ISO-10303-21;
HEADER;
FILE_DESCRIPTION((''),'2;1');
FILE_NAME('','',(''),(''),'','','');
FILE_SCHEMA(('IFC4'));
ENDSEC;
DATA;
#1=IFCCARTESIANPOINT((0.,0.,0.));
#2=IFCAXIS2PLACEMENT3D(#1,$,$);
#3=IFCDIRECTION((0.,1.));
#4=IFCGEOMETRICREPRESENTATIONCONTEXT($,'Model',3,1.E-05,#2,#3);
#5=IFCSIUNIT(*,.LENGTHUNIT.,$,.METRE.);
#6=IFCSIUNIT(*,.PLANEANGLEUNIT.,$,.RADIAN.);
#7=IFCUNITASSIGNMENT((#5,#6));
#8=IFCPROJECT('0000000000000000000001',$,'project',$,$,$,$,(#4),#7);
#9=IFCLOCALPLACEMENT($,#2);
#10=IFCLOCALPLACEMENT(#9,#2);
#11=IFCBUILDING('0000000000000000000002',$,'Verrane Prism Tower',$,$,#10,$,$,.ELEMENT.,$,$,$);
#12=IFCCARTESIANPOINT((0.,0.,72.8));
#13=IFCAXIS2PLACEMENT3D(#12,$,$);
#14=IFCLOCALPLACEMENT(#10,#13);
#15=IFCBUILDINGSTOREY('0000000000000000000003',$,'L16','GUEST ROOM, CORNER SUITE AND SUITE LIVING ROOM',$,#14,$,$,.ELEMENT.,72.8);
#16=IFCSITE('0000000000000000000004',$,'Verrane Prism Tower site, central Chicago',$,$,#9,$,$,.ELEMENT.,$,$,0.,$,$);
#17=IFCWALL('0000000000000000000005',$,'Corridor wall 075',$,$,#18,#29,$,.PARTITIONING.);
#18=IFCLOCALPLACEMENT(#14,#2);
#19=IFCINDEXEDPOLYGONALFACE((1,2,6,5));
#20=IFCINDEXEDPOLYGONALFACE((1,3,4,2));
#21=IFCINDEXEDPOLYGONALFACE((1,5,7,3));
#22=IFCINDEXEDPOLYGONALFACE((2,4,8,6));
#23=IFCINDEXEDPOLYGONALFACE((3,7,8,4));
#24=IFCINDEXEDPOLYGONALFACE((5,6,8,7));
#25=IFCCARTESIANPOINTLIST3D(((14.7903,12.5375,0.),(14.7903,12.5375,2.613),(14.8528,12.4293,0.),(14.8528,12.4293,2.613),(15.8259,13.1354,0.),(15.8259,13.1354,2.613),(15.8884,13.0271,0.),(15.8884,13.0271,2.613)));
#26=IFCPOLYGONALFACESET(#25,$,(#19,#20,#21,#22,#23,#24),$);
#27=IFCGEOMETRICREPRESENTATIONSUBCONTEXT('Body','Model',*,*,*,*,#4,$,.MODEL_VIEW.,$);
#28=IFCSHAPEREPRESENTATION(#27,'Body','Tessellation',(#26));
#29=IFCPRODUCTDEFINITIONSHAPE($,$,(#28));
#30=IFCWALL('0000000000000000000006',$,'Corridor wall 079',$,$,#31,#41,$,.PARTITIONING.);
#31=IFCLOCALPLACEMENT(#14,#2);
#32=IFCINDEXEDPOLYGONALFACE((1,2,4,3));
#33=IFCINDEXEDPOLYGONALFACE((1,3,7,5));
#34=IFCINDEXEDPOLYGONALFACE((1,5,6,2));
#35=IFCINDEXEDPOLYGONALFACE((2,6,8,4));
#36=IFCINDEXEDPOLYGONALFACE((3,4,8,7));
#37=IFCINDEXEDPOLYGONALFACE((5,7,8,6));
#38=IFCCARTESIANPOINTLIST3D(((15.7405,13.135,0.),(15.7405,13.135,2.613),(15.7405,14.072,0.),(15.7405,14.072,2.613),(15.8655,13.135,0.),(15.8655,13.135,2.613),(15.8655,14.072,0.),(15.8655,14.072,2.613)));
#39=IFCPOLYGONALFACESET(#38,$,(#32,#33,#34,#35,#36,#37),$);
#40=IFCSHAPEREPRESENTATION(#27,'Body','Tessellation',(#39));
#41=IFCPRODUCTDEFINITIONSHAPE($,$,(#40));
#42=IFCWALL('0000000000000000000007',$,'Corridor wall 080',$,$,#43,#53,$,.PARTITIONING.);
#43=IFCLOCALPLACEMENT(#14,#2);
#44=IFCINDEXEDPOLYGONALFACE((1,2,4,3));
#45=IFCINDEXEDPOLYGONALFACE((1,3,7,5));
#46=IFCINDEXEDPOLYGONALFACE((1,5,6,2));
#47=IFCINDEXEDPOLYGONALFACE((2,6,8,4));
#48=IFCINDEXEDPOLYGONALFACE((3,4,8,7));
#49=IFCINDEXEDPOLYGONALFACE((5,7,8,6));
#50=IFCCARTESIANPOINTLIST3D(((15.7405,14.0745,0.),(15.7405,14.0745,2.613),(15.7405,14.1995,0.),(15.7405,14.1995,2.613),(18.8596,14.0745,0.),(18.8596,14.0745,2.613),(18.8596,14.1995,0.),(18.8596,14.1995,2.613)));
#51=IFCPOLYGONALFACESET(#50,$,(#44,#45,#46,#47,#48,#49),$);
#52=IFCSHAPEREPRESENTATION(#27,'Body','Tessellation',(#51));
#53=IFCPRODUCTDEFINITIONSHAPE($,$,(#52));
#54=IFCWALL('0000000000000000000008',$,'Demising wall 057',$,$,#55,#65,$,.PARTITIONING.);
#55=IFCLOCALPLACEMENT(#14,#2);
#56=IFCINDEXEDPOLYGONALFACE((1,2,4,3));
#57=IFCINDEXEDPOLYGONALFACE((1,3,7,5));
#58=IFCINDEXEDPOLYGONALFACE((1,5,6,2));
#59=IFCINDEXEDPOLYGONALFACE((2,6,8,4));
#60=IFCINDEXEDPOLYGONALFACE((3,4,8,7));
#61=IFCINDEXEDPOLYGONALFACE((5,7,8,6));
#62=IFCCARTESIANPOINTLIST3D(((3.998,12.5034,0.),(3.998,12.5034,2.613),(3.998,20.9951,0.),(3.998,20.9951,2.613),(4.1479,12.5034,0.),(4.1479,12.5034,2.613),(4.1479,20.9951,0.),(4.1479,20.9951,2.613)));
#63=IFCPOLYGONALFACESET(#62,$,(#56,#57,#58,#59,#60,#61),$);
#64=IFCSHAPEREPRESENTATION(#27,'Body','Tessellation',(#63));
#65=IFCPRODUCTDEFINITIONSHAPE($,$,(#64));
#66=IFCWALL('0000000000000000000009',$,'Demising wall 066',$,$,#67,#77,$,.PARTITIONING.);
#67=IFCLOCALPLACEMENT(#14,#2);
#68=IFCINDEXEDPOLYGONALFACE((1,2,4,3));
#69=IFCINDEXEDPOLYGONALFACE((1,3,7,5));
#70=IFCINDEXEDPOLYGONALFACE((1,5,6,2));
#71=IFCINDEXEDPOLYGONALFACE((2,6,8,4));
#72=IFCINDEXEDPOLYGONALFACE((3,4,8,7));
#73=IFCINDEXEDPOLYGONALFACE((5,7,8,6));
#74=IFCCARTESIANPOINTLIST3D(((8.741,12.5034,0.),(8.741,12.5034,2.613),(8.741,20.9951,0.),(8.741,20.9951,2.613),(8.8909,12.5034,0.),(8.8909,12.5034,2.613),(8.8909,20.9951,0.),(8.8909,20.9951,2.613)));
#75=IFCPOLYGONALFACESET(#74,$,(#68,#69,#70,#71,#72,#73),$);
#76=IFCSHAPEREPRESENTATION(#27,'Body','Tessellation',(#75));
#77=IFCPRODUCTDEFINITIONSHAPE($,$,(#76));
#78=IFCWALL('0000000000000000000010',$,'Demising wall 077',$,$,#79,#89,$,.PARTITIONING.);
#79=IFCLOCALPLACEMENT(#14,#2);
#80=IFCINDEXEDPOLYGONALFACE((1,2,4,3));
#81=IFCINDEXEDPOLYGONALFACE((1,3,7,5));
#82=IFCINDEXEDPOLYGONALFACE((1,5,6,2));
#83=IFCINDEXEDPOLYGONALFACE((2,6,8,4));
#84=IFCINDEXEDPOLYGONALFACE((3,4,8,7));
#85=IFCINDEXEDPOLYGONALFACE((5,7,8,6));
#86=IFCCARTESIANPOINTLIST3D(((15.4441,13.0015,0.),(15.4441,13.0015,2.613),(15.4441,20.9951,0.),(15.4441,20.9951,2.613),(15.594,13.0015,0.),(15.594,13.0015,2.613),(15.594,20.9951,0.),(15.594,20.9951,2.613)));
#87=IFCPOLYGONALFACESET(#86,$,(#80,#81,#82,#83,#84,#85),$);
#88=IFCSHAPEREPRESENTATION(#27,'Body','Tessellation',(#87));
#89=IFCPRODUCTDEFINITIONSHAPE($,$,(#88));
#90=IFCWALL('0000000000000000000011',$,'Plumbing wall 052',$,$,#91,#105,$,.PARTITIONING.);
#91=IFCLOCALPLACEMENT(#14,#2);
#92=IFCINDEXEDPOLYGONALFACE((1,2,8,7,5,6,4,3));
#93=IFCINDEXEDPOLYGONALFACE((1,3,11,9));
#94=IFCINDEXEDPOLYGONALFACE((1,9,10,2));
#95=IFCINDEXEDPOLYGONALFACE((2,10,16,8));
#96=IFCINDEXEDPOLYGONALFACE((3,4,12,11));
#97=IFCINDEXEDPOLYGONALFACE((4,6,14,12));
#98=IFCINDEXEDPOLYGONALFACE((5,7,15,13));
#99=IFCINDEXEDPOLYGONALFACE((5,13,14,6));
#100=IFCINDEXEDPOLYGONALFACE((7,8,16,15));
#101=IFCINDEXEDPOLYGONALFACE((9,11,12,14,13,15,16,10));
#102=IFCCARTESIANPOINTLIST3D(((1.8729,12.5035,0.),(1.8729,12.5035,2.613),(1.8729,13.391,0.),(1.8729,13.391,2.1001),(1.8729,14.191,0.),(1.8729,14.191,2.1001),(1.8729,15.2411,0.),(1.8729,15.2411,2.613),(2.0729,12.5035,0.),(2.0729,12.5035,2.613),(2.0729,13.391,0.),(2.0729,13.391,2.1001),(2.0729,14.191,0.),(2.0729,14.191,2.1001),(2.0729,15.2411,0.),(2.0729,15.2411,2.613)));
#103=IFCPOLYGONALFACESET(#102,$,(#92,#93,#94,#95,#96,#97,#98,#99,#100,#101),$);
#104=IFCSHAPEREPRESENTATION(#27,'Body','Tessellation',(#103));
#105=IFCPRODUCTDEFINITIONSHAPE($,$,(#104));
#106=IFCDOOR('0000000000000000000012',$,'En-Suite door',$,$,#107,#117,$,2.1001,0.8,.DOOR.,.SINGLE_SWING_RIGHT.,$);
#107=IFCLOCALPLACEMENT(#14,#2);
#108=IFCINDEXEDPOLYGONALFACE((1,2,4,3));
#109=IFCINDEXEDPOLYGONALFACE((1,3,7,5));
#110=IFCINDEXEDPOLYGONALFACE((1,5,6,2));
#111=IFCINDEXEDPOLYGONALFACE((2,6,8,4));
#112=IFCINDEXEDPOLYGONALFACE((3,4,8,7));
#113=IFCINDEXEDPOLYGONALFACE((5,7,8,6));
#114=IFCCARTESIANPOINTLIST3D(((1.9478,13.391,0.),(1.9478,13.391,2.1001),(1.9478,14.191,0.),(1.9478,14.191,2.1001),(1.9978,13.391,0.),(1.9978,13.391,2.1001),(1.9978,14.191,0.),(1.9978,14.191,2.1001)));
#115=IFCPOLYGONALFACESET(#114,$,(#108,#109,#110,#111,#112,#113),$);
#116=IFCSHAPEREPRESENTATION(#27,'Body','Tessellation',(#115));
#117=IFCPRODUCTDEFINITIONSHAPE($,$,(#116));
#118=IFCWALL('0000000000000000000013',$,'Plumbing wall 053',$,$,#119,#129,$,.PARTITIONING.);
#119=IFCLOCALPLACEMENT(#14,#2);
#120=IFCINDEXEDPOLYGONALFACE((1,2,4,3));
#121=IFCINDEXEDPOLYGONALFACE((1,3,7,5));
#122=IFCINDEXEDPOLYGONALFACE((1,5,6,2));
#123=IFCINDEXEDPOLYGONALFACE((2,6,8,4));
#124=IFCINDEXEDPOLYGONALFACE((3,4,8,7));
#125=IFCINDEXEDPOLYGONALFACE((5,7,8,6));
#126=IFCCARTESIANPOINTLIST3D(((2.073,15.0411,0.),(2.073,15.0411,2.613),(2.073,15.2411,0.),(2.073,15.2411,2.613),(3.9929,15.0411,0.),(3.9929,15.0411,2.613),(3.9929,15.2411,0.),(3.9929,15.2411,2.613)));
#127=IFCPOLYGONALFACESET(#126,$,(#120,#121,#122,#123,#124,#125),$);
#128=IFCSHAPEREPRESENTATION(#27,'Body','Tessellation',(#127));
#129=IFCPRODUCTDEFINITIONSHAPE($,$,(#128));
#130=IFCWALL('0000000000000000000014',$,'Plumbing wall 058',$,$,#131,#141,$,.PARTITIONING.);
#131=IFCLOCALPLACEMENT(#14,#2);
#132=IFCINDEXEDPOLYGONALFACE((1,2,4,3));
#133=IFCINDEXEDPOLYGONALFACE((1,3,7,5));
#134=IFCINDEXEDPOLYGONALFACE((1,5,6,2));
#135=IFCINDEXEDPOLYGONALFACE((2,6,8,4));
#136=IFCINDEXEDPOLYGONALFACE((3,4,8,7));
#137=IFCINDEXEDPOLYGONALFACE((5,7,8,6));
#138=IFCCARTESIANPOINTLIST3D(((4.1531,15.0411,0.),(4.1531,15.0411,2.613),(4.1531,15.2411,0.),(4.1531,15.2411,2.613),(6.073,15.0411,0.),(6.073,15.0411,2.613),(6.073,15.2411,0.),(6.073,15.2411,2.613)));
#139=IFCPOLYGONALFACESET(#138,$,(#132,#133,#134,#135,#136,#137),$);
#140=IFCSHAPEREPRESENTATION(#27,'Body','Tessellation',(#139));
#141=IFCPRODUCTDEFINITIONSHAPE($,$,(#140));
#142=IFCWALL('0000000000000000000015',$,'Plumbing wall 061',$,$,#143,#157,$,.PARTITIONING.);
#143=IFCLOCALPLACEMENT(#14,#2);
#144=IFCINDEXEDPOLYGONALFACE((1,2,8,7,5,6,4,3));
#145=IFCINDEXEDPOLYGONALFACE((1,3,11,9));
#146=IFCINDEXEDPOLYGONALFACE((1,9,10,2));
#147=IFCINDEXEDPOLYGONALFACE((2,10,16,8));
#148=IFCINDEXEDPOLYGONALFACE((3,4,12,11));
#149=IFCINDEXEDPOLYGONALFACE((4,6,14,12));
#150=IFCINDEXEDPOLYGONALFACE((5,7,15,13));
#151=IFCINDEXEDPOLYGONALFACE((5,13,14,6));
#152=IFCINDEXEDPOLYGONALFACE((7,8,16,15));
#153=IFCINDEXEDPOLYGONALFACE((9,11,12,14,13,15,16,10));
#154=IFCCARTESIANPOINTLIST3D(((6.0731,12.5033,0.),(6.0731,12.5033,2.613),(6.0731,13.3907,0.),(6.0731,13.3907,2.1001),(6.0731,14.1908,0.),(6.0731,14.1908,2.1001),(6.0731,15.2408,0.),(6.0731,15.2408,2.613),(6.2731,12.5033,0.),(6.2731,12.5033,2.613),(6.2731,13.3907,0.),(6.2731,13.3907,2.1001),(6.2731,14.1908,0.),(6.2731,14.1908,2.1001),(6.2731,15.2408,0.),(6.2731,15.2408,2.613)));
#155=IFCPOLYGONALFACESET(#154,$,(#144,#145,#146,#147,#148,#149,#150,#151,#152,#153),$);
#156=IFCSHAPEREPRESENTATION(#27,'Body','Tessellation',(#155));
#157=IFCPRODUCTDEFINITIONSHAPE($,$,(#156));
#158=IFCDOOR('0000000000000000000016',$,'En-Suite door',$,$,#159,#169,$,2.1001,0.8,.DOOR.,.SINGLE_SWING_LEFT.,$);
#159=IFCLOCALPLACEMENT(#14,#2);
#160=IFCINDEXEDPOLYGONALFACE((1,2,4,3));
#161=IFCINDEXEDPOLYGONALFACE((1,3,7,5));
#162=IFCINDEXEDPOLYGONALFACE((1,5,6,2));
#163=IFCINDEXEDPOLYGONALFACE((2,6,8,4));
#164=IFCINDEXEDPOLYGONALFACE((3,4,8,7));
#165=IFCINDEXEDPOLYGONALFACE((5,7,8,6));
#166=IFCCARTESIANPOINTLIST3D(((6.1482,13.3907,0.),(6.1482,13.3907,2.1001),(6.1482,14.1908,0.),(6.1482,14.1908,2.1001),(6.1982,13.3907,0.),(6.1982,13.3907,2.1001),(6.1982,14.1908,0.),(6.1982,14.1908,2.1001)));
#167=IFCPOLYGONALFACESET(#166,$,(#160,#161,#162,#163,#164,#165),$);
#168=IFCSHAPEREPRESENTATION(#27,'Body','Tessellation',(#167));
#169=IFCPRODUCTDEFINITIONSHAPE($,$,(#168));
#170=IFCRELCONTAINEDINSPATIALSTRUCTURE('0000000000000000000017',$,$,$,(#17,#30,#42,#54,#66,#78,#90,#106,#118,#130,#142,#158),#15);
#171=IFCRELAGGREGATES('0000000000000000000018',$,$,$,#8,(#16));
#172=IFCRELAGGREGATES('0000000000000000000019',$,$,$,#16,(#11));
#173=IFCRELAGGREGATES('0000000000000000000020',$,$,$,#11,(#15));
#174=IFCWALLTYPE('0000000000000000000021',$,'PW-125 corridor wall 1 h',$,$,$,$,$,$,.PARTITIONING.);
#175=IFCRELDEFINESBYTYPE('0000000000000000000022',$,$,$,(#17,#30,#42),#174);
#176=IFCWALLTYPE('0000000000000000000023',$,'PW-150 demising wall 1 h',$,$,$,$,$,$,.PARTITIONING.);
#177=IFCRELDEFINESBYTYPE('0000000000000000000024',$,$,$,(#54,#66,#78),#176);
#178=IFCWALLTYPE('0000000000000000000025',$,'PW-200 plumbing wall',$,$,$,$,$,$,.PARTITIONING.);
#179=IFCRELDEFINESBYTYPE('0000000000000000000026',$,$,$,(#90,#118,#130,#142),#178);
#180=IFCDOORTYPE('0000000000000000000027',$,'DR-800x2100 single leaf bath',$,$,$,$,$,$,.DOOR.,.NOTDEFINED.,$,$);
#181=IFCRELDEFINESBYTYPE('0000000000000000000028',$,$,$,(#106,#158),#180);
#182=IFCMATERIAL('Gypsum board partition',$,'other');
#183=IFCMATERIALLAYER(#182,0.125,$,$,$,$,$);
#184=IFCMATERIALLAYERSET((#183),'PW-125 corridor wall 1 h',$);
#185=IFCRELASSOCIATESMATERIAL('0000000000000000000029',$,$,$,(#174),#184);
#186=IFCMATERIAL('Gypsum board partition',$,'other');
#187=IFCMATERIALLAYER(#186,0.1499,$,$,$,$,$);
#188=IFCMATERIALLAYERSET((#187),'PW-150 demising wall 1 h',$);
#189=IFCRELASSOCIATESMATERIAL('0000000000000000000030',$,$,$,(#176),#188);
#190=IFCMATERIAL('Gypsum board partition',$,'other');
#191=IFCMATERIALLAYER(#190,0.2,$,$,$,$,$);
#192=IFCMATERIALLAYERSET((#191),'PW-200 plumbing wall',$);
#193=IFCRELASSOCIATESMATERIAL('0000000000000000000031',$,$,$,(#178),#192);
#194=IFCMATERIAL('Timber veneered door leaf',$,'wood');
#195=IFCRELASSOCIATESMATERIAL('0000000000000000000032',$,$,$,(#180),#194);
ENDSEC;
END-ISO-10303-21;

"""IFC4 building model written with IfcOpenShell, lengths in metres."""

from ifc_helpers import new_model, si_unit, direction, frame, frame_2d, origin, place, context, subcontext, project, spatial, rectangle, extrude, material, layer, layer_set, type_object, element, fill, save


model = new_model("IFC4")

# Units and contexts
model_context = context("Model", 3, precision=1e-05, world=origin(), true_north=direction((0.0, 1.0)))
body_context = subcontext(model_context, "Body", "Model", "MODEL_VIEW")
ifc_project = project(units=[si_unit("LENGTHUNIT", "METRE"), si_unit("PLANEANGLEUNIT", "RADIAN")], contexts=[model_context])

# Site, building, storey
site_placement = place(None, origin())
site = spatial("IfcSite", under=ifc_project, at=site_placement, Name="Verrane Prism Tower site, central Chicago", CompositionType="ELEMENT", RefElevation=0.0)
building_placement = place(site_placement, origin())
building = spatial("IfcBuilding", under=site, at=building_placement, Name="Verrane Prism Tower", CompositionType="ELEMENT")
storey_placement = place(building_placement, frame((0.0, 0.0, 72.8)))
storey = spatial("IfcBuildingStorey", under=building, at=storey_placement, Name="L16", Description="GUEST ROOM, CORNER SUITE AND SUITE LIVING ROOM", CompositionType="ELEMENT", Elevation=72.8)

# Walls
ifc_material_1 = material(Name="Gypsum board partition", Category="other")
ifc_layer_1 = layer(ifc_material_1, 0.125)
ifc_layer_set_1 = layer_set([ifc_layer_1], Name="PW-125 corridor wall 1 h")
wall_type_1 = type_object("IfcWallType", Name="PW-125 corridor wall 1 h", PredefinedType="PARTITIONING", material=ifc_layer_set_1)
wall_1_placement = place(storey_placement, frame((14.8215, 12.4834, 0.0), z_axis=(0.0, 0.0, 1.0), x_axis=(0.866036, 0.499982, 0.0)))
element("IfcWall", 1, at=wall_1_placement, inside=storey, type_object=wall_type_1, Name="Corridor wall 075", PredefinedType="PARTITIONING", context=body_context, shape_type="SweptSolid", body=[
    extrude(rectangle(XDim=1.1958, YDim=0.125, at=frame_2d((0.5979, 0.0))), origin(), (0.0, 0.0, 1.0), 2.613),
])
wall_2_placement = place(storey_placement, frame((15.803, 13.135, 0.0), z_axis=(0.0, 0.0, 1.0), x_axis=(0.0, 1.0, 0.0)))
element("IfcWall", 2, at=wall_2_placement, inside=storey, type_object=wall_type_1, Name="Corridor wall 079", PredefinedType="PARTITIONING", context=body_context, shape_type="SweptSolid", body=[
    extrude(rectangle(XDim=0.937, YDim=0.125, at=frame_2d((0.4685, 0.0))), origin(), (0.0, 0.0, 1.0), 2.613),
])
wall_3_placement = place(storey_placement, frame((15.7405, 14.137, 0.0), z_axis=(0.0, 0.0, 1.0), x_axis=(1.0, 0.0, 0.0)))
element("IfcWall", 3, at=wall_3_placement, inside=storey, type_object=wall_type_1, Name="Corridor wall 080", PredefinedType="PARTITIONING", context=body_context, shape_type="SweptSolid", body=[
    extrude(rectangle(XDim=3.1191, YDim=0.125, at=frame_2d((1.5596, 0.0))), origin(), (0.0, 0.0, 1.0), 2.613),
])
ifc_material_2 = material(Name="Gypsum board partition", Category="other")
ifc_layer_2 = layer(ifc_material_2, 0.1499)
ifc_layer_set_2 = layer_set([ifc_layer_2], Name="PW-150 demising wall 1 h")
wall_type_2 = type_object("IfcWallType", Name="PW-150 demising wall 1 h", PredefinedType="PARTITIONING", material=ifc_layer_set_2)
for number, where, z_axis, x_axis, name in (
    (4, (4.073, 12.5034, 0.0), (0.0, 0.0, 1.0), (0.0, 1.0, 0.0), "Demising wall 057"),
    (5, (8.8159, 12.5034, 0.0), (0.0, 0.0, 1.0), (0.0, 1.0, 0.0), "Demising wall 066"),
):
    element("IfcWall", number, at=place(storey_placement, frame(where, z_axis=z_axis, x_axis=x_axis)), inside=storey, type_object=wall_type_2, Name=name, PredefinedType="PARTITIONING", context=body_context, shape_type="SweptSolid", body=[
        extrude(rectangle(XDim=8.4917, YDim=0.1499, at=frame_2d((4.2458, 0.0))), origin(), (0.0, 0.0, 1.0), 2.613),
    ])
wall_4_placement = place(storey_placement, frame((15.519, 13.0015, 0.0), z_axis=(0.0, 0.0, 1.0), x_axis=(0.0, 1.0, 0.0)))
element("IfcWall", 6, at=wall_4_placement, inside=storey, type_object=wall_type_2, Name="Demising wall 077", PredefinedType="PARTITIONING", context=body_context, shape_type="SweptSolid", body=[
    extrude(rectangle(XDim=7.9937, YDim=0.1499, at=frame_2d((3.9968, 0.0))), origin(), (0.0, 0.0, 1.0), 2.613),
])

# Wall, opening, door
ifc_material_3 = material(Name="Gypsum board partition", Category="other")
ifc_layer_3 = layer(ifc_material_3, 0.2)
ifc_layer_set_3 = layer_set([ifc_layer_3], Name="PW-200 plumbing wall")
wall_type_3 = type_object("IfcWallType", Name="PW-200 plumbing wall", PredefinedType="PARTITIONING", material=ifc_layer_set_3)
wall_5_placement = place(storey_placement, frame((1.9729, 15.241, 0.0), z_axis=(0.0, 0.0, 1.0), x_axis=(0.0, -1.0, 0.0)))
wall_5 = element("IfcWall", 7, at=wall_5_placement, inside=storey, type_object=wall_type_3, Name="Plumbing wall 052", PredefinedType="PARTITIONING", context=body_context, shape_type="SweptSolid", body=[
    extrude(rectangle(XDim=2.7375, YDim=0.2, at=frame_2d((1.3687, 0.0))), origin(), (0.0, 0.0, 1.0), 2.613),
])
opening_1_placement = place(wall_5_placement, frame((1.05, 0.0, 0.0)))
opening_1 = element("IfcOpeningElement", 8, at=opening_1_placement, cuts=wall_5, PredefinedType="OPENING", context=body_context, shape_type="SweptSolid", body=[
    extrude(rectangle(XDim=0.8, YDim=2.1001, at=frame_2d((0.3999, 1.05))), frame((0.0, 0.1099, 0.0), z_axis=(0.0, -1.0, 0.0), x_axis=(1.0, 0.0, 0.0)), (0.0, 0.0, 1.0), 0.22),
])
ifc_material_4 = material(Name="Timber veneered door leaf", Category="wood")
door_type = type_object("IfcDoorType", Name="DR-800x2100 single leaf bath", OperationType="NOTDEFINED", PredefinedType="DOOR", material=ifc_material_4)
door_1_placement = place(opening_1_placement, origin())
door_1 = element("IfcDoor", 9, at=door_1_placement, inside=storey, type_object=door_type, Name="En-Suite door", OperationType="SINGLE_SWING_RIGHT", OverallHeight=2.1001, OverallWidth=0.8, PredefinedType="DOOR", context=body_context, shape_type="SweptSolid", body=[
    extrude(rectangle(XDim=0.8, YDim=2.1001, at=frame_2d((0.3999, 1.05))), frame((0.0, 0.0249, 0.0), z_axis=(0.0, -1.0, 0.0), x_axis=(1.0, 0.0, 0.0)), (0.0, 0.0, 1.0), 0.05),
])
fill(opening_1, door_1)

# Walls
for number, where, z_axis, x_axis, name in (
    (10, (2.073, 15.1411, 0.0), (0.0, 0.0, 1.0), (1.0, 0.0, 0.0), "Plumbing wall 053"),
    (11, (4.1531, 15.1411, 0.0), (0.0, 0.0, 1.0), (1.0, 0.0, 0.0), "Plumbing wall 058"),
):
    element("IfcWall", number, at=place(storey_placement, frame(where, z_axis=z_axis, x_axis=x_axis)), inside=storey, type_object=wall_type_3, Name=name, PredefinedType="PARTITIONING", context=body_context, shape_type="SweptSolid", body=[
        extrude(rectangle(XDim=1.9199, YDim=0.2, at=frame_2d((0.96, 0.0))), origin(), (0.0, 0.0, 1.0), 2.613),
    ])

# Wall, opening, door
wall_6_placement = place(storey_placement, frame((6.1731, 12.5034, 0.0), z_axis=(0.0, 0.0, 1.0), x_axis=(0.0, 1.0, 0.0)))
wall_6 = element("IfcWall", 12, at=wall_6_placement, inside=storey, type_object=wall_type_3, Name="Plumbing wall 061", PredefinedType="PARTITIONING", context=body_context, shape_type="SweptSolid", body=[
    extrude(rectangle(XDim=2.7375, YDim=0.2, at=frame_2d((1.3687, 0.0))), origin(), (0.0, 0.0, 1.0), 2.613),
])
opening_2_placement = place(wall_6_placement, frame((0.8875, 0.0, 0.0)))
opening_2 = element("IfcOpeningElement", 13, at=opening_2_placement, cuts=wall_6, PredefinedType="OPENING", context=body_context, shape_type="SweptSolid", body=[
    extrude(rectangle(XDim=0.8, YDim=2.1001, at=frame_2d((0.3999, 1.05))), frame((0.0, 0.1099, 0.0), z_axis=(0.0, -1.0, 0.0), x_axis=(1.0, 0.0, 0.0)), (0.0, 0.0, 1.0), 0.22),
])
door_2_placement = place(opening_2_placement, origin())
door_2 = element("IfcDoor", 14, at=door_2_placement, inside=storey, type_object=door_type, Name="En-Suite door", OperationType="SINGLE_SWING_LEFT", OverallHeight=2.1001, OverallWidth=0.8, PredefinedType="DOOR", context=body_context, shape_type="SweptSolid", body=[
    extrude(rectangle(XDim=0.8, YDim=2.1001, at=frame_2d((0.3999, 1.05))), frame((0.0, 0.0249, 0.0), z_axis=(0.0, -1.0, 0.0), x_axis=(1.0, 0.0, 0.0)), (0.0, 0.0, 1.0), 0.05),
])
fill(opening_2, door_2)

save(model, "model.ifc")
